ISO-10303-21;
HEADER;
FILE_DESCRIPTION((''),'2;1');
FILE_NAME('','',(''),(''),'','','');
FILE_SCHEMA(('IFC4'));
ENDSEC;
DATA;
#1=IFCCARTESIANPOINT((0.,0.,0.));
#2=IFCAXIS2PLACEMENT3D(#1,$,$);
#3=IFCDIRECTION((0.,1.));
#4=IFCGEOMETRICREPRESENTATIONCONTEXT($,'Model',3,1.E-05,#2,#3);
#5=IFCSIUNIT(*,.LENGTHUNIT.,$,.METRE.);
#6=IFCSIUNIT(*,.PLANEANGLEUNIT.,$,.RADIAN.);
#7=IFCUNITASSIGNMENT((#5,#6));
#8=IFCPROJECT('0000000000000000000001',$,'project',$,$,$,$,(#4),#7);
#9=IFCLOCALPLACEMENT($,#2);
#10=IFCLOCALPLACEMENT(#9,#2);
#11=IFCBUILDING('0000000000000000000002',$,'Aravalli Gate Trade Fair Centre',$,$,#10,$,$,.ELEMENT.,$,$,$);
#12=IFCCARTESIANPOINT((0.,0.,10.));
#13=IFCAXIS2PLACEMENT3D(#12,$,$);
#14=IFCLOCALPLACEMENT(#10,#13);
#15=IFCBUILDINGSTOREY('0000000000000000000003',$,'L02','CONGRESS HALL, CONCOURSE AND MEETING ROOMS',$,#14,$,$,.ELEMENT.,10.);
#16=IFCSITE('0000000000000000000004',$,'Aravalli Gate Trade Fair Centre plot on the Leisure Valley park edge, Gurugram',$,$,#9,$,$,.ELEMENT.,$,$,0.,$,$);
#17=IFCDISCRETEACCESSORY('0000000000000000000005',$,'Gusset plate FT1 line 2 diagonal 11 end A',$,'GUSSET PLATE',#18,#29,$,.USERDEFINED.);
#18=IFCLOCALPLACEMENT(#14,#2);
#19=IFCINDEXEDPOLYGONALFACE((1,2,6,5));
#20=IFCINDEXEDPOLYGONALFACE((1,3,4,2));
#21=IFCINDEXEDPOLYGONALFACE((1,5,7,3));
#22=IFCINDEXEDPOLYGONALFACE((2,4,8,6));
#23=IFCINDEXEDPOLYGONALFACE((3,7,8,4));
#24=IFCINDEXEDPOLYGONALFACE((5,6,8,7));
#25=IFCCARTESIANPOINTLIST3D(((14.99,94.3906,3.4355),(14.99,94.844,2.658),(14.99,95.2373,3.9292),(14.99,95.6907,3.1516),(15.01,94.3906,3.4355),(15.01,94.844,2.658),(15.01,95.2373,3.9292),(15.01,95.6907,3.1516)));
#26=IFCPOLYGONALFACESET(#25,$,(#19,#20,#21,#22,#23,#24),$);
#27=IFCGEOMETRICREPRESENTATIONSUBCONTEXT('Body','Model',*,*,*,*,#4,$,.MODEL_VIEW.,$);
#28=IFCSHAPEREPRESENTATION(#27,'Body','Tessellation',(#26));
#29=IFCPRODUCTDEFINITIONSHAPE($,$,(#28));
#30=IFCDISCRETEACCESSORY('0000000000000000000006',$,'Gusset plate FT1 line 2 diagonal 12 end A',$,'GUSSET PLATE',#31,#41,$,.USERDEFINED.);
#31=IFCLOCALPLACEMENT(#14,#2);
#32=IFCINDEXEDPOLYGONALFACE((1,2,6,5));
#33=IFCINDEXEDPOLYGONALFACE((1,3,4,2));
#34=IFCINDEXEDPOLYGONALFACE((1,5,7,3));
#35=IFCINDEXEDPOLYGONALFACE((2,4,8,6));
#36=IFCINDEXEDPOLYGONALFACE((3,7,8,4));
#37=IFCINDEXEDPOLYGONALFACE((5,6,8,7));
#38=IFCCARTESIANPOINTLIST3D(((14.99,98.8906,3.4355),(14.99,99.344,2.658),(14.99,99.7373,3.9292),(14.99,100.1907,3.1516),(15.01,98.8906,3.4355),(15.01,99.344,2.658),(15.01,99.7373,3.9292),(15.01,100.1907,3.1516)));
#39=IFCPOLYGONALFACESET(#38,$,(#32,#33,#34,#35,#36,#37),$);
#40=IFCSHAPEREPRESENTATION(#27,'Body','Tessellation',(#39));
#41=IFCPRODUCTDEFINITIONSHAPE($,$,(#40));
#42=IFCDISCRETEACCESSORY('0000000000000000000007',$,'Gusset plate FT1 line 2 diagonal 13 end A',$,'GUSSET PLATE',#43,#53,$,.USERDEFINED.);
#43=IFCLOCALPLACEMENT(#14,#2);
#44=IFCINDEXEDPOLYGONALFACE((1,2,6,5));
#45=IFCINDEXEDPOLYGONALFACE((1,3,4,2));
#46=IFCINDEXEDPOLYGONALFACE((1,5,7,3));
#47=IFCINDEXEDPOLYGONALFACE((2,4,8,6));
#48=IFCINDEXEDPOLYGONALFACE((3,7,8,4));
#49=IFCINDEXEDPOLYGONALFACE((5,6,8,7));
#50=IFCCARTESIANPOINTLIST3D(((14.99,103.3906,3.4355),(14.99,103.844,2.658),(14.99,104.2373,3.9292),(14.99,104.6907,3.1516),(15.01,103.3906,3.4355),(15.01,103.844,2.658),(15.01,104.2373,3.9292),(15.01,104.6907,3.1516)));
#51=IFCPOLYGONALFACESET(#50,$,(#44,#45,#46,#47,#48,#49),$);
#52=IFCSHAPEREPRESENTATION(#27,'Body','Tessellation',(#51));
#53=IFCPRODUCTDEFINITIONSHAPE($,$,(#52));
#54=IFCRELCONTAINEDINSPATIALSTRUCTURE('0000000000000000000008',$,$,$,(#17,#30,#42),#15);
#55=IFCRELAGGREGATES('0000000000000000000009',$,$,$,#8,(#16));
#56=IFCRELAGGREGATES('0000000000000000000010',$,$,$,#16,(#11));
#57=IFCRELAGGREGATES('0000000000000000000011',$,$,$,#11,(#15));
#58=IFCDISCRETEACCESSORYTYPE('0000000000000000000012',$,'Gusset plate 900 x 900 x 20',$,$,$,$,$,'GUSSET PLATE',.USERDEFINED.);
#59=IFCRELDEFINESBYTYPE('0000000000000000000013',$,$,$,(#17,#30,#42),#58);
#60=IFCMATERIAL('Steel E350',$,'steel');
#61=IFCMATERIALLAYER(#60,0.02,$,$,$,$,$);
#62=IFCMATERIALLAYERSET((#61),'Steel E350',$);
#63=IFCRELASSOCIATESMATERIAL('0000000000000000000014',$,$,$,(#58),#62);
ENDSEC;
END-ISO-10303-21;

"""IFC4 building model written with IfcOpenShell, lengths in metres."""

from ifc_helpers import new_model, si_unit, direction, frame, origin, place, context, subcontext, project, spatial, polyline, outline, extrude, material, layer, layer_set, type_object, element, save


model = new_model("IFC4")

# Units and contexts
model_context = context("Model", 3, precision=1e-05, world=origin(), true_north=direction((0.0, 1.0)))
body_context = subcontext(model_context, "Body", "Model", "MODEL_VIEW")
ifc_project = project(units=[si_unit("LENGTHUNIT", "METRE"), si_unit("PLANEANGLEUNIT", "RADIAN")], contexts=[model_context])

# Site, building, storey
site_placement = place(None, origin())
site = spatial("IfcSite", under=ifc_project, at=site_placement, Name="Aravalli Gate Trade Fair Centre plot on the Leisure Valley park edge, Gurugram", CompositionType="ELEMENT", RefElevation=0.0)
building_placement = place(site_placement, origin())
building = spatial("IfcBuilding", under=site, at=building_placement, Name="Aravalli Gate Trade Fair Centre", CompositionType="ELEMENT")
storey_placement = place(building_placement, frame((0.0, 0.0, 10.0)))
storey = spatial("IfcBuildingStorey", under=building, at=storey_placement, Name="L02", Description="CONGRESS HALL, CONCOURSE AND MEETING ROOMS", CompositionType="ELEMENT", Elevation=10.0)

# Shared definitions
ifc_material = material(Name="Steel E350", Category="steel")

# Discrete accessories
ifc_layer_1 = layer(ifc_material, 0.02)
ifc_layer_set_1 = layer_set([ifc_layer_1], Name="Steel E350")
discrete_accessory_type_1 = type_object("IfcDiscreteAccessoryType", Name="Gusset plate 900 x 900 x 20", ElementType="GUSSET PLATE", PredefinedType="USERDEFINED", material=ifc_layer_set_1)
for number, where, z_axis, x_axis, name in (
    (1, (14.99, 94.3906, 3.4355), (-1.0, 0.0, 0.0), (0.0, 0.863887, 0.503685), "Gusset plate FT1 line 2 diagonal 11 end A"),
    (2, (14.99, 98.8906, 3.4355), (-1.0, 0.0, 0.0), (0.0, 0.863887, 0.503685), "Gusset plate FT1 line 2 diagonal 12 end A"),
    (3, (14.99, 103.3906, 3.4355), (-1.0, 0.0, 0.0), (0.0, 0.863887, 0.503685), "Gusset plate FT1 line 2 diagonal 13 end A"),
):
    element("IfcDiscreteAccessory", number, at=place(storey_placement, frame(where, z_axis=z_axis, x_axis=x_axis)), inside=storey, type_object=discrete_accessory_type_1, Name=name, ObjectType="GUSSET PLATE", PredefinedType="USERDEFINED", context=body_context, shape_type="SweptSolid", body=[
        extrude(outline(polyline([(0.0, 0.0), (0.9801, 0.0), (0.9801, 0.9001), (0.0, 0.9001), (0.0, 0.0)])), origin(), (0.0, 0.0, -1.0), 0.02),
    ])

save(model, "model.ifc")
